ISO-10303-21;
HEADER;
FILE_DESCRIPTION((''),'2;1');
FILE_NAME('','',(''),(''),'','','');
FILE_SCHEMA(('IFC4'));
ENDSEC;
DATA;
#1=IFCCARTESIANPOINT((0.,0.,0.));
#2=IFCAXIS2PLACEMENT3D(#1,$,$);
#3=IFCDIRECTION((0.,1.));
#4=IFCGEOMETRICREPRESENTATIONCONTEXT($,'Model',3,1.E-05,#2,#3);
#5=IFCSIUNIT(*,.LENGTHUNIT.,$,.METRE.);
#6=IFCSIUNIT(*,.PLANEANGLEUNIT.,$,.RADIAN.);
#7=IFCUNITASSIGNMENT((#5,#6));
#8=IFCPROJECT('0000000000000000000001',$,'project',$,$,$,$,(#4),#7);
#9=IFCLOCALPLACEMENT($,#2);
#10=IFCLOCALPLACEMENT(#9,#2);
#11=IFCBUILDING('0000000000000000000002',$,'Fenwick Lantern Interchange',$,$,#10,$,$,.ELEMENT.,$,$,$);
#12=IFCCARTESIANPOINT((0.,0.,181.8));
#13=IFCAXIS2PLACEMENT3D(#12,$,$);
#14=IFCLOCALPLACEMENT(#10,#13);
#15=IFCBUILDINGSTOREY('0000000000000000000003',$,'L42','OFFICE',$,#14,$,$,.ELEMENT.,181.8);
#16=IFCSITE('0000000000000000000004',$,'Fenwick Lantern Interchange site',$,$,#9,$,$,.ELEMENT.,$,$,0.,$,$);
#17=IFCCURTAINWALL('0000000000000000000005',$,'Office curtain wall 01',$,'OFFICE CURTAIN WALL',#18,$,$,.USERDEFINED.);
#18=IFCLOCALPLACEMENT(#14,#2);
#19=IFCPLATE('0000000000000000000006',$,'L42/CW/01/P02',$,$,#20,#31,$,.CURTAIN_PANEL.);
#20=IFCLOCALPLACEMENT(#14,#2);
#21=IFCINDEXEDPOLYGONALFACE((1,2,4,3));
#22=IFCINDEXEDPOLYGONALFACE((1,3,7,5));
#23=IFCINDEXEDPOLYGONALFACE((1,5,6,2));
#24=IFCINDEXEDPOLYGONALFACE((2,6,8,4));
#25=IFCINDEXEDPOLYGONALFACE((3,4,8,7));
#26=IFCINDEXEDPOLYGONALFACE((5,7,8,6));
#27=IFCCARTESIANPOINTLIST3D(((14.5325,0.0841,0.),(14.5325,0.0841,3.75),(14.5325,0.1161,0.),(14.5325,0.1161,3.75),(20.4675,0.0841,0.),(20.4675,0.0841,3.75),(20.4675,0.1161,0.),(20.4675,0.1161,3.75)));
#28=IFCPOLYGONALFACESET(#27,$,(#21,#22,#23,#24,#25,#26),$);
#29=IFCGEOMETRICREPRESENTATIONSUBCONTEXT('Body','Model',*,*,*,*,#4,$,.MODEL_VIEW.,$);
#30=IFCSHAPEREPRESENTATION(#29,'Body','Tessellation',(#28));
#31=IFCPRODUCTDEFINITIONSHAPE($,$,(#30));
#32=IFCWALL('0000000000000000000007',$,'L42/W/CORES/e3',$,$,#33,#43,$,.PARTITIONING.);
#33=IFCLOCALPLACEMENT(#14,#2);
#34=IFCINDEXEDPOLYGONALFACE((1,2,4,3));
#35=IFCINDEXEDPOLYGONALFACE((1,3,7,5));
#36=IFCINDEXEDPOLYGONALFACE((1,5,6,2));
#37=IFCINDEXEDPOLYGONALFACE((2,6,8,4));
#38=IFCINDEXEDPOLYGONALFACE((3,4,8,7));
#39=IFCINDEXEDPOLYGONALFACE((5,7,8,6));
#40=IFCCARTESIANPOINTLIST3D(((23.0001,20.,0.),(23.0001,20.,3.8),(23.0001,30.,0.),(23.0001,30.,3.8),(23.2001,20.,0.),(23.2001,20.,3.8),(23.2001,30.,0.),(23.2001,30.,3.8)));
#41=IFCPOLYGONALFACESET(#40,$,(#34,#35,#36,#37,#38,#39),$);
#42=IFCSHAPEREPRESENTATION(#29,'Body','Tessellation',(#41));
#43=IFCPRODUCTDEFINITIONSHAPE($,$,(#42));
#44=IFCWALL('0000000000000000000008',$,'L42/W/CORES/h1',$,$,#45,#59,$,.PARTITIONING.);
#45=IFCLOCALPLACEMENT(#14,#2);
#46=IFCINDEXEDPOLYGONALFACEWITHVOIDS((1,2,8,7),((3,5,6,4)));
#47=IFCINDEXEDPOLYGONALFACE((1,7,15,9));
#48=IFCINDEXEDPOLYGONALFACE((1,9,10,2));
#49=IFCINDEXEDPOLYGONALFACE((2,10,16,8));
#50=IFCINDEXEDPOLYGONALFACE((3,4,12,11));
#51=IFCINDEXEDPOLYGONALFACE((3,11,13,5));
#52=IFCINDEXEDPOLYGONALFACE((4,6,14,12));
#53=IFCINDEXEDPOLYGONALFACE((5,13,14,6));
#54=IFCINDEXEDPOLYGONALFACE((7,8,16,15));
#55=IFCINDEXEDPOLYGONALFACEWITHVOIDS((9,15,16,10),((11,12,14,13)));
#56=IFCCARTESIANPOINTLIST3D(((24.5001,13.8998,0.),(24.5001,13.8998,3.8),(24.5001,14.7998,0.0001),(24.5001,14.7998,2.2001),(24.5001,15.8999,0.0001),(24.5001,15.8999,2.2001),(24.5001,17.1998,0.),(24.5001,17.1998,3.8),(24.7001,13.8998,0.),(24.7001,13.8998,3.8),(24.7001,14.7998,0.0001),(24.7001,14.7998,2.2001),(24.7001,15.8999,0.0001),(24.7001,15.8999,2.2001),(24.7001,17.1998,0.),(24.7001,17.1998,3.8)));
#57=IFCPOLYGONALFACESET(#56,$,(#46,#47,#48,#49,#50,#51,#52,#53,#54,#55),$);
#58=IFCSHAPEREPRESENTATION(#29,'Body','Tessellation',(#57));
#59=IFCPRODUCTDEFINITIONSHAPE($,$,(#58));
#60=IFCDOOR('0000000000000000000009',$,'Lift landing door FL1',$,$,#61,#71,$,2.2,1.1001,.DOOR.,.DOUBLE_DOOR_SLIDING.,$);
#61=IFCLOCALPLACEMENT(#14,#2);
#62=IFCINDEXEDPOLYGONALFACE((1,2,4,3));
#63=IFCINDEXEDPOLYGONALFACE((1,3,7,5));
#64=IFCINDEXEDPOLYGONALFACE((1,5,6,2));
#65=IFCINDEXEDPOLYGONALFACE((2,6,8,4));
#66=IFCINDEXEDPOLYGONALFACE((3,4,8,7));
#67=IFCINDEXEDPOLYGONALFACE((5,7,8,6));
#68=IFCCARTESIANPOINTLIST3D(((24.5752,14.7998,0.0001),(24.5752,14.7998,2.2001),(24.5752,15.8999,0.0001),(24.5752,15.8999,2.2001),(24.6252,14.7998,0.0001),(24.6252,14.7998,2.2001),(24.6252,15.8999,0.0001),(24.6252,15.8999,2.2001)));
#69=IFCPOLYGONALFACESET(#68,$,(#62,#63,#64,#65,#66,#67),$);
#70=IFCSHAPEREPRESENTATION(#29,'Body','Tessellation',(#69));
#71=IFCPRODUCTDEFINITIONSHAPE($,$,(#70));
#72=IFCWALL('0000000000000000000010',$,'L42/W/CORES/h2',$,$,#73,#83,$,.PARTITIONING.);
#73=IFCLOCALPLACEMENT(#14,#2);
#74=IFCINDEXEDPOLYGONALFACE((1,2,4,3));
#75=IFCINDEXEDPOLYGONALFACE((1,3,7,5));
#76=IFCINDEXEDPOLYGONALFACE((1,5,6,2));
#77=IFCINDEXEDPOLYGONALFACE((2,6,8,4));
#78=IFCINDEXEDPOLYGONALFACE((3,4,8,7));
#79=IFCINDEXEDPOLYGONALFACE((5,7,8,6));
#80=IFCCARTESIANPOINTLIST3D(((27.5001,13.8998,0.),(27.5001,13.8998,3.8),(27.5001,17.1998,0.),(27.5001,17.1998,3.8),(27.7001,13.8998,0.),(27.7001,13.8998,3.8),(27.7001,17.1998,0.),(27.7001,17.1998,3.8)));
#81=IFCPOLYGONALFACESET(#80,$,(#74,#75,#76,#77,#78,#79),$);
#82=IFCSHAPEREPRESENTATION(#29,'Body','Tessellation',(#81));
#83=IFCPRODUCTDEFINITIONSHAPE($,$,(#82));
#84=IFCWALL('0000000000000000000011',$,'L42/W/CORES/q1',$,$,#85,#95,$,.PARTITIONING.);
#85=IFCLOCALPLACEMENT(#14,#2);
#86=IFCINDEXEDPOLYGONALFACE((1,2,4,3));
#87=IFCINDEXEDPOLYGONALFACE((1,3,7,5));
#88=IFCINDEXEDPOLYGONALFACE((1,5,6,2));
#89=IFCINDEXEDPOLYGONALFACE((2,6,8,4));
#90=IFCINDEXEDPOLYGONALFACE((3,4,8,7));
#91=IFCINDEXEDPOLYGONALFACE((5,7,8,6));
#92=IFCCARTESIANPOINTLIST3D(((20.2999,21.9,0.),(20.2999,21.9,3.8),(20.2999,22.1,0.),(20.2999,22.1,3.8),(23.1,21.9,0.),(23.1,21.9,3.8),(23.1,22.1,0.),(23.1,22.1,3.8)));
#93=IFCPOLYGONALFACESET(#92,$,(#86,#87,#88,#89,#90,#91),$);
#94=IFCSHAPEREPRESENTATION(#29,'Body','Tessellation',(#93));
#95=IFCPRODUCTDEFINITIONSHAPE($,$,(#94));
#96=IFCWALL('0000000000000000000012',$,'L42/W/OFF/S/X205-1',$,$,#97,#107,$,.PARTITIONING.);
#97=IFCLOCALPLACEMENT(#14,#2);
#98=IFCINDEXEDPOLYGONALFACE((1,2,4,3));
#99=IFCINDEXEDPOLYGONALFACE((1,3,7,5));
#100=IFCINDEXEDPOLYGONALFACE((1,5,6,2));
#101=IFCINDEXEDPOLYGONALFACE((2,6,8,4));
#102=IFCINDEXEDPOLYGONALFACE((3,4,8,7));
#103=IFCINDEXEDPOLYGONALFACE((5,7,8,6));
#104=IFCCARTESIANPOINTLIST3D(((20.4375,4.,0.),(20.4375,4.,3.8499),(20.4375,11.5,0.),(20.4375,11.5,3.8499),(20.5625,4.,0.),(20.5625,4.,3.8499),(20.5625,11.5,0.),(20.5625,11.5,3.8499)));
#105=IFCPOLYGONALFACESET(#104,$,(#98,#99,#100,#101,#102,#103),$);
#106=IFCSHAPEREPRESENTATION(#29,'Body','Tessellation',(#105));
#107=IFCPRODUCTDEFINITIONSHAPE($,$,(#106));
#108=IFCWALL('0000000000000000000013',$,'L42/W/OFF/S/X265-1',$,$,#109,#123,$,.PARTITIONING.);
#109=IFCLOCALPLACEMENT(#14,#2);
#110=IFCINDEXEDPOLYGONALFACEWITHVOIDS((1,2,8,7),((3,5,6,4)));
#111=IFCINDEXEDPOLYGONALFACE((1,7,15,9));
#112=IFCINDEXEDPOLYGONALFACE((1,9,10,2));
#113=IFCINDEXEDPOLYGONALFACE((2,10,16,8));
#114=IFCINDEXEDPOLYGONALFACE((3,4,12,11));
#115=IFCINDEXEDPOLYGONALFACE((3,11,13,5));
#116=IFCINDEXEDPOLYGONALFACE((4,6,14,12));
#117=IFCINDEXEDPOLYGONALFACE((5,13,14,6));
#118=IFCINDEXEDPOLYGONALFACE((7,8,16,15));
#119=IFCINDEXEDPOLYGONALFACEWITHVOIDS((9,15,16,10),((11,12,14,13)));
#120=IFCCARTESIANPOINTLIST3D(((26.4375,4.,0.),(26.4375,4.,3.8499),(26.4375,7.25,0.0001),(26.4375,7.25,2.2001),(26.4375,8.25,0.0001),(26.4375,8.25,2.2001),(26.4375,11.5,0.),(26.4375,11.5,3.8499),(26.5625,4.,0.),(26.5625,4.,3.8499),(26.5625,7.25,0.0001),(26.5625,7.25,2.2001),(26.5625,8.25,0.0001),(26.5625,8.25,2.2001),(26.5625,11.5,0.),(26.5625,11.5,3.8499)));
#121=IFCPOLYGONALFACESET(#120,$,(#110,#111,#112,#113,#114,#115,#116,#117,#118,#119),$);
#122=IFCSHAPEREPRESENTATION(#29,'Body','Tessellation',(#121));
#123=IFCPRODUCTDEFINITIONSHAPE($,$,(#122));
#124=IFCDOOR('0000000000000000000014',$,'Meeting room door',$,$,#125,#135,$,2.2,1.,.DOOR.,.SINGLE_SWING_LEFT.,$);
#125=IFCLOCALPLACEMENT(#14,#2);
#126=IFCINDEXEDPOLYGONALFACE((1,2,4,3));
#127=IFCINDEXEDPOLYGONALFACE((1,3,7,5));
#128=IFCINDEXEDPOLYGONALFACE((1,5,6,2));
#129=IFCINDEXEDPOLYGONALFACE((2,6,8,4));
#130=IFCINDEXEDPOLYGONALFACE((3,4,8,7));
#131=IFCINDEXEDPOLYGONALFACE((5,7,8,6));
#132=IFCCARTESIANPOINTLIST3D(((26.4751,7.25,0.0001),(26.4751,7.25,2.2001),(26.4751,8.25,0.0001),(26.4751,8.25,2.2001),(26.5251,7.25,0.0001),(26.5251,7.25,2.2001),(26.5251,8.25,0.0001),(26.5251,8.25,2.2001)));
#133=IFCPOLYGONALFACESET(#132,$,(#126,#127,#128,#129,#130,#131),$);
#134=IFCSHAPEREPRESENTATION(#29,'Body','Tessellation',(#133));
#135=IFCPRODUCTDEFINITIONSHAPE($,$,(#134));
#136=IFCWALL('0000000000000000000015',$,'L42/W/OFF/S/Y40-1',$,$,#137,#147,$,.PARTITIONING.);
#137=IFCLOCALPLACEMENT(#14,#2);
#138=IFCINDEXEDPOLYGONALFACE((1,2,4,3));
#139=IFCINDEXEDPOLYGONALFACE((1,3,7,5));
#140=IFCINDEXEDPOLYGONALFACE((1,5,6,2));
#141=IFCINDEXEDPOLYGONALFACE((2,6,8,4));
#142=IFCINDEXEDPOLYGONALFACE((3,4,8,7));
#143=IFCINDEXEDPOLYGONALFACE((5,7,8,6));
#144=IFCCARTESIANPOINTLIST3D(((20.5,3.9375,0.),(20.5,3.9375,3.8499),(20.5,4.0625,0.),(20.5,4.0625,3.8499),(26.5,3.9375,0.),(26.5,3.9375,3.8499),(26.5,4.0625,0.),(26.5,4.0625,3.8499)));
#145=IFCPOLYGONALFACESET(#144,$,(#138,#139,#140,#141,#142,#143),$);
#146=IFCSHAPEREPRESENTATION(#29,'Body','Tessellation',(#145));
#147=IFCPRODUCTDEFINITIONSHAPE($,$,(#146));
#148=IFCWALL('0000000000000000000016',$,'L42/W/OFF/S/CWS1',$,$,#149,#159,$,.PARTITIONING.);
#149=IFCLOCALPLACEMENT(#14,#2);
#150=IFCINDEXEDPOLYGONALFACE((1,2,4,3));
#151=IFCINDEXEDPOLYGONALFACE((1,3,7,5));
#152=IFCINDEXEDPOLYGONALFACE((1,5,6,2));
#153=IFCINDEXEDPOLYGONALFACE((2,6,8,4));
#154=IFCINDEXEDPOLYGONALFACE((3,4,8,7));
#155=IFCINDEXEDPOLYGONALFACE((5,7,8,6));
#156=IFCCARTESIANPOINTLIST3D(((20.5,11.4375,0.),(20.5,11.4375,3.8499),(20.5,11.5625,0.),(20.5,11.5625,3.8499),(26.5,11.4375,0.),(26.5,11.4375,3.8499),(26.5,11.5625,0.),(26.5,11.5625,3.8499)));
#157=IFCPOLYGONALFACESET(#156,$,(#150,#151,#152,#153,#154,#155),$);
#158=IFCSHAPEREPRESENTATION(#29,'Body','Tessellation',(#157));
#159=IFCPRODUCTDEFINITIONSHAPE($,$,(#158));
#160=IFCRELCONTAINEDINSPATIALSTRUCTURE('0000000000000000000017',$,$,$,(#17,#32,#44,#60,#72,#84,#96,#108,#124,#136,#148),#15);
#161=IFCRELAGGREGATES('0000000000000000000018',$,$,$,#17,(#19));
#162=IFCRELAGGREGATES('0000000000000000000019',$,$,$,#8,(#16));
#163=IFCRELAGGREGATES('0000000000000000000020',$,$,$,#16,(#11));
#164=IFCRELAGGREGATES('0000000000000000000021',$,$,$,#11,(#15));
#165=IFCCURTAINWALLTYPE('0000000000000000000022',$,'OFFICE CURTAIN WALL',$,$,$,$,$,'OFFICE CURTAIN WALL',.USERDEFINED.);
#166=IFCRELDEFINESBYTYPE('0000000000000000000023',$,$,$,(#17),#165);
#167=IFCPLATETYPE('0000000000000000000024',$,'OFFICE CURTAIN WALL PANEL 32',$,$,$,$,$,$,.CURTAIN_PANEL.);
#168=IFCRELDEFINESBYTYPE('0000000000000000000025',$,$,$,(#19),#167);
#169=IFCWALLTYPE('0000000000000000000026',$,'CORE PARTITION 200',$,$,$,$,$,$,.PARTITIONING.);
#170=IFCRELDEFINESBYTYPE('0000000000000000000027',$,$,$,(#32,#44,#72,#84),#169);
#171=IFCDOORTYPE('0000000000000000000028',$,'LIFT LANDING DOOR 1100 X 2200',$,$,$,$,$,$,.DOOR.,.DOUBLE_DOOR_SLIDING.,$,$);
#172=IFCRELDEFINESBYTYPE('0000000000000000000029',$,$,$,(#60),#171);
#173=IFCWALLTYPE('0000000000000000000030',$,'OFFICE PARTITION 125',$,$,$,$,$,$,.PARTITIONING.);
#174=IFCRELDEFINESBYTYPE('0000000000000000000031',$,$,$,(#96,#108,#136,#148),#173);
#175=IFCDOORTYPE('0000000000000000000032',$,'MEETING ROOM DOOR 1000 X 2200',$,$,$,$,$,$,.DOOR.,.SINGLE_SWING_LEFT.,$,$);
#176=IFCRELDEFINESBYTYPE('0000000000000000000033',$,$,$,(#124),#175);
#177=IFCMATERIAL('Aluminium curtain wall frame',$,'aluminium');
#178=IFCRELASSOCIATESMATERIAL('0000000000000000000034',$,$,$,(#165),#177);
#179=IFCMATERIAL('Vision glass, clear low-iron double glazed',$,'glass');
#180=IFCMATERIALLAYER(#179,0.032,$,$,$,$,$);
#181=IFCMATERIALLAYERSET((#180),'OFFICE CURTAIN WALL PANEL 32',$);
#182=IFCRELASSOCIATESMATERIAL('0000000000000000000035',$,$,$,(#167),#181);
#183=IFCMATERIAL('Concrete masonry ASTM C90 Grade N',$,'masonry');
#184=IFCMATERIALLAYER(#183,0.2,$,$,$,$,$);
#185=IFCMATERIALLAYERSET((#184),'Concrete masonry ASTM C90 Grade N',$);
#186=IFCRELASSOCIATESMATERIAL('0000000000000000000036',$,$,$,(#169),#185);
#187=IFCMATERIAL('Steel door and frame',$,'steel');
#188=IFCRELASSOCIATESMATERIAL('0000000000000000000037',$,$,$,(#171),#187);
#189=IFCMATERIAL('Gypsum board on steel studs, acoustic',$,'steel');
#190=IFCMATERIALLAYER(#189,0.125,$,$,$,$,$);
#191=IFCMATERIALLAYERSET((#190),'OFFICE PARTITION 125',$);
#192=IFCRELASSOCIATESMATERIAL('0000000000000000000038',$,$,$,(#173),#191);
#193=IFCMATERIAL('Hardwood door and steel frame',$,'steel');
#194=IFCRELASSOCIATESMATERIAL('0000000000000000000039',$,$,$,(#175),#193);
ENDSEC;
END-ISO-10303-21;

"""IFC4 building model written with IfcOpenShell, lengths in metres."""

from ifc_helpers import new_model, si_unit, direction, frame, frame_2d, origin, origin_2d, place, context, subcontext, project, spatial, rectangle, extrude, material, layer, layer_set, type_object, element, fill, aggregate, save


model = new_model("IFC4")

# Units and contexts
model_context = context("Model", 3, precision=1e-05, world=origin(), true_north=direction((0.0, 1.0)))
body_context = subcontext(model_context, "Body", "Model", "MODEL_VIEW")
ifc_project = project(units=[si_unit("LENGTHUNIT", "METRE"), si_unit("PLANEANGLEUNIT", "RADIAN")], contexts=[model_context])

# Site, building, storey
site_placement = place(None, origin())
site = spatial("IfcSite", under=ifc_project, at=site_placement, Name="Fenwick Lantern Interchange site", CompositionType="ELEMENT", RefElevation=0.0)
building_placement = place(site_placement, origin())
building = spatial("IfcBuilding", under=site, at=building_placement, Name="Fenwick Lantern Interchange", CompositionType="ELEMENT")
storey_placement = place(building_placement, frame((0.0, 0.0, 181.8)))
storey = spatial("IfcBuildingStorey", under=building, at=storey_placement, Name="L42", Description="OFFICE", CompositionType="ELEMENT", Elevation=181.8)

# Curtain wall, plate
ifc_material_1 = material(Name="Aluminium curtain wall frame", Category="aluminium")
curtain_wall_type = type_object("IfcCurtainWallType", Name="OFFICE CURTAIN WALL", ElementType="OFFICE CURTAIN WALL", PredefinedType="USERDEFINED", material=ifc_material_1)
curtain_wall_placement = place(storey_placement, origin())
curtain_wall = element("IfcCurtainWall", 1, at=curtain_wall_placement, inside=storey, type_object=curtain_wall_type, Name="Office curtain wall 01", ObjectType="OFFICE CURTAIN WALL", PredefinedType="USERDEFINED")
ifc_material_2 = material(Name="Vision glass, clear low-iron double glazed", Category="glass")
ifc_layer_1 = layer(ifc_material_2, 0.032)
ifc_layer_set_1 = layer_set([ifc_layer_1], Name="OFFICE CURTAIN WALL PANEL 32")
plate_type = type_object("IfcPlateType", Name="OFFICE CURTAIN WALL PANEL 32", PredefinedType="CURTAIN_PANEL", material=ifc_layer_set_1)
plate_placement = place(storey_placement, frame((17.5, 0.1001, 0.0), z_axis=(0.0, 0.0, 1.0), x_axis=(1.0, 0.0, 0.0)))
plate = element("IfcPlate", 2, at=plate_placement, type_object=plate_type, Name="L42/CW/01/P02", PredefinedType="CURTAIN_PANEL", context=body_context, shape_type="SweptSolid", body=[
    extrude(rectangle(XDim=5.9351, YDim=0.032, at=origin_2d()), origin(), (0.0, 0.0, 1.0), 3.75),
])
aggregate(curtain_wall, [plate])

# Wall
ifc_material_3 = material(Name="Concrete masonry ASTM C90 Grade N", Category="masonry")
ifc_layer_2 = layer(ifc_material_3, 0.2)
ifc_layer_set_2 = layer_set([ifc_layer_2], Name="Concrete masonry ASTM C90 Grade N")
wall_type_1 = type_object("IfcWallType", Name="CORE PARTITION 200", PredefinedType="PARTITIONING", material=ifc_layer_set_2)
wall_1_placement = place(storey_placement, frame((23.1001, 20.0, 0.0), z_axis=(0.0, 0.0, 1.0), x_axis=(0.0, 1.0, 0.0)))
element("IfcWall", 3, at=wall_1_placement, inside=storey, type_object=wall_type_1, Name="L42/W/CORES/e3", PredefinedType="PARTITIONING", context=body_context, shape_type="SweptSolid", body=[
    extrude(rectangle(XDim=10.0, YDim=0.2, at=frame_2d((5.0, 0.0))), origin(), (0.0, 0.0, 1.0), 3.8),
])

# Wall, opening, door
wall_2_placement = place(storey_placement, frame((24.6001, 13.8999, 0.0), z_axis=(0.0, 0.0, 1.0), x_axis=(0.0, 1.0, 0.0)))
wall_2 = element("IfcWall", 4, at=wall_2_placement, inside=storey, type_object=wall_type_1, Name="L42/W/CORES/h1", PredefinedType="PARTITIONING", context=body_context, shape_type="SweptSolid", body=[
    extrude(rectangle(XDim=3.3, YDim=0.2, at=frame_2d((1.6499, 0.0))), origin(), (0.0, 0.0, 1.0), 3.8),
])
opening_1_placement = place(wall_2_placement, frame((0.8999, 0.0, 0.0)))
opening_1 = element("IfcOpeningElement", 5, at=opening_1_placement, cuts=wall_2, PredefinedType="OPENING", context=body_context, shape_type="SweptSolid", body=[
    extrude(rectangle(XDim=1.1001, YDim=2.2, at=frame_2d((0.55, 1.1001))), frame((0.0, 0.1099, 0.0), z_axis=(0.0, -1.0, 0.0), x_axis=(1.0, 0.0, 0.0)), (0.0, 0.0, 1.0), 0.22),
])
ifc_material_4 = material(Name="Steel door and frame", Category="steel")
door_type_1 = type_object("IfcDoorType", Name="LIFT LANDING DOOR 1100 X 2200", OperationType="DOUBLE_DOOR_SLIDING", PredefinedType="DOOR", material=ifc_material_4)
door_1_placement = place(opening_1_placement, origin())
door_1 = element("IfcDoor", 6, at=door_1_placement, inside=storey, type_object=door_type_1, Name="Lift landing door FL1", OperationType="DOUBLE_DOOR_SLIDING", OverallHeight=2.2, OverallWidth=1.1001, PredefinedType="DOOR", context=body_context, shape_type="SweptSolid", body=[
    extrude(rectangle(XDim=1.1001, YDim=2.2, at=frame_2d((0.55, 1.1001))), frame((0.0, 0.0249, 0.0), z_axis=(0.0, -1.0, 0.0), x_axis=(1.0, 0.0, 0.0)), (0.0, 0.0, 1.0), 0.05),
])
fill(opening_1, door_1)

# Walls
wall_3_placement = place(storey_placement, frame((27.6001, 13.8999, 0.0), z_axis=(0.0, 0.0, 1.0), x_axis=(0.0, 1.0, 0.0)))
element("IfcWall", 7, at=wall_3_placement, inside=storey, type_object=wall_type_1, Name="L42/W/CORES/h2", PredefinedType="PARTITIONING", context=body_context, shape_type="SweptSolid", body=[
    extrude(rectangle(XDim=3.3, YDim=0.2, at=frame_2d((1.6499, 0.0))), origin(), (0.0, 0.0, 1.0), 3.8),
])
wall_4_placement = place(storey_placement, frame((20.3, 22.0, 0.0), z_axis=(0.0, 0.0, 1.0), x_axis=(1.0, 0.0, 0.0)))
element("IfcWall", 8, at=wall_4_placement, inside=storey, type_object=wall_type_1, Name="L42/W/CORES/q1", PredefinedType="PARTITIONING", context=body_context, shape_type="SweptSolid", body=[
    extrude(rectangle(XDim=2.8, YDim=0.2, at=frame_2d((1.3999, 0.0))), origin(), (0.0, 0.0, 1.0), 3.8),
])
ifc_material_5 = material(Name="Gypsum board on steel studs, acoustic", Category="steel")
ifc_layer_3 = layer(ifc_material_5, 0.125)
ifc_layer_set_3 = layer_set([ifc_layer_3], Name="OFFICE PARTITION 125")
wall_type_2 = type_object("IfcWallType", Name="OFFICE PARTITION 125", PredefinedType="PARTITIONING", material=ifc_layer_set_3)
wall_5_placement = place(storey_placement, frame((20.5, 4.0, 0.0), z_axis=(0.0, 0.0, 1.0), x_axis=(0.0, 1.0, 0.0)))
element("IfcWall", 9, at=wall_5_placement, inside=storey, type_object=wall_type_2, Name="L42/W/OFF/S/X205-1", PredefinedType="PARTITIONING", context=body_context, shape_type="SweptSolid", body=[
    extrude(rectangle(XDim=7.5, YDim=0.125, at=frame_2d((3.75, 0.0))), origin(), (0.0, 0.0, 1.0), 3.8499),
])

# Wall, opening, door
wall_6_placement = place(storey_placement, frame((26.5, 4.0, 0.0), z_axis=(0.0, 0.0, 1.0), x_axis=(0.0, 1.0, 0.0)))
wall_6 = element("IfcWall", 10, at=wall_6_placement, inside=storey, type_object=wall_type_2, Name="L42/W/OFF/S/X265-1", PredefinedType="PARTITIONING", context=body_context, shape_type="SweptSolid", body=[
    extrude(rectangle(XDim=7.5, YDim=0.125, at=frame_2d((3.75, 0.0))), origin(), (0.0, 0.0, 1.0), 3.8499),
])
opening_2_placement = place(wall_6_placement, frame((3.25, 0.0, 0.0)))
opening_2 = element("IfcOpeningElement", 11, at=opening_2_placement, cuts=wall_6, PredefinedType="OPENING", context=body_context, shape_type="SweptSolid", body=[
    extrude(rectangle(XDim=1.0, YDim=2.2, at=frame_2d((0.5, 1.1001))), frame((0.0, 0.0725, 0.0), z_axis=(0.0, -1.0, 0.0), x_axis=(1.0, 0.0, 0.0)), (0.0, 0.0, 1.0), 0.145),
])
ifc_material_6 = material(Name="Hardwood door and steel frame", Category="steel")
door_type_2 = type_object("IfcDoorType", Name="MEETING ROOM DOOR 1000 X 2200", OperationType="SINGLE_SWING_LEFT", PredefinedType="DOOR", material=ifc_material_6)
door_2_placement = place(opening_2_placement, origin())
door_2 = element("IfcDoor", 12, at=door_2_placement, inside=storey, type_object=door_type_2, Name="Meeting room door", OperationType="SINGLE_SWING_LEFT", OverallHeight=2.2, OverallWidth=1.0, PredefinedType="DOOR", context=body_context, shape_type="SweptSolid", body=[
    extrude(rectangle(XDim=1.0, YDim=2.2, at=frame_2d((0.5, 1.1001))), frame((0.0, 0.0249, 0.0), z_axis=(0.0, -1.0, 0.0), x_axis=(1.0, 0.0, 0.0)), (0.0, 0.0, 1.0), 0.05),
])
fill(opening_2, door_2)

# Walls
for number, where, z_axis, x_axis, name in (
    (13, (20.5, 4.0, 0.0), (0.0, 0.0, 1.0), (1.0, 0.0, 0.0), "L42/W/OFF/S/Y40-1"),
    (14, (20.5, 11.5, 0.0), (0.0, 0.0, 1.0), (1.0, 0.0, 0.0), "L42/W/OFF/S/CWS1"),
):
    element("IfcWall", number, at=place(storey_placement, frame(where, z_axis=z_axis, x_axis=x_axis)), inside=storey, type_object=wall_type_2, Name=name, PredefinedType="PARTITIONING", context=body_context, shape_type="SweptSolid", body=[
        extrude(rectangle(XDim=6.0, YDim=0.125, at=frame_2d((3.0, 0.0))), origin(), (0.0, 0.0, 1.0), 3.8499),
    ])

save(model, "model.ifc")
